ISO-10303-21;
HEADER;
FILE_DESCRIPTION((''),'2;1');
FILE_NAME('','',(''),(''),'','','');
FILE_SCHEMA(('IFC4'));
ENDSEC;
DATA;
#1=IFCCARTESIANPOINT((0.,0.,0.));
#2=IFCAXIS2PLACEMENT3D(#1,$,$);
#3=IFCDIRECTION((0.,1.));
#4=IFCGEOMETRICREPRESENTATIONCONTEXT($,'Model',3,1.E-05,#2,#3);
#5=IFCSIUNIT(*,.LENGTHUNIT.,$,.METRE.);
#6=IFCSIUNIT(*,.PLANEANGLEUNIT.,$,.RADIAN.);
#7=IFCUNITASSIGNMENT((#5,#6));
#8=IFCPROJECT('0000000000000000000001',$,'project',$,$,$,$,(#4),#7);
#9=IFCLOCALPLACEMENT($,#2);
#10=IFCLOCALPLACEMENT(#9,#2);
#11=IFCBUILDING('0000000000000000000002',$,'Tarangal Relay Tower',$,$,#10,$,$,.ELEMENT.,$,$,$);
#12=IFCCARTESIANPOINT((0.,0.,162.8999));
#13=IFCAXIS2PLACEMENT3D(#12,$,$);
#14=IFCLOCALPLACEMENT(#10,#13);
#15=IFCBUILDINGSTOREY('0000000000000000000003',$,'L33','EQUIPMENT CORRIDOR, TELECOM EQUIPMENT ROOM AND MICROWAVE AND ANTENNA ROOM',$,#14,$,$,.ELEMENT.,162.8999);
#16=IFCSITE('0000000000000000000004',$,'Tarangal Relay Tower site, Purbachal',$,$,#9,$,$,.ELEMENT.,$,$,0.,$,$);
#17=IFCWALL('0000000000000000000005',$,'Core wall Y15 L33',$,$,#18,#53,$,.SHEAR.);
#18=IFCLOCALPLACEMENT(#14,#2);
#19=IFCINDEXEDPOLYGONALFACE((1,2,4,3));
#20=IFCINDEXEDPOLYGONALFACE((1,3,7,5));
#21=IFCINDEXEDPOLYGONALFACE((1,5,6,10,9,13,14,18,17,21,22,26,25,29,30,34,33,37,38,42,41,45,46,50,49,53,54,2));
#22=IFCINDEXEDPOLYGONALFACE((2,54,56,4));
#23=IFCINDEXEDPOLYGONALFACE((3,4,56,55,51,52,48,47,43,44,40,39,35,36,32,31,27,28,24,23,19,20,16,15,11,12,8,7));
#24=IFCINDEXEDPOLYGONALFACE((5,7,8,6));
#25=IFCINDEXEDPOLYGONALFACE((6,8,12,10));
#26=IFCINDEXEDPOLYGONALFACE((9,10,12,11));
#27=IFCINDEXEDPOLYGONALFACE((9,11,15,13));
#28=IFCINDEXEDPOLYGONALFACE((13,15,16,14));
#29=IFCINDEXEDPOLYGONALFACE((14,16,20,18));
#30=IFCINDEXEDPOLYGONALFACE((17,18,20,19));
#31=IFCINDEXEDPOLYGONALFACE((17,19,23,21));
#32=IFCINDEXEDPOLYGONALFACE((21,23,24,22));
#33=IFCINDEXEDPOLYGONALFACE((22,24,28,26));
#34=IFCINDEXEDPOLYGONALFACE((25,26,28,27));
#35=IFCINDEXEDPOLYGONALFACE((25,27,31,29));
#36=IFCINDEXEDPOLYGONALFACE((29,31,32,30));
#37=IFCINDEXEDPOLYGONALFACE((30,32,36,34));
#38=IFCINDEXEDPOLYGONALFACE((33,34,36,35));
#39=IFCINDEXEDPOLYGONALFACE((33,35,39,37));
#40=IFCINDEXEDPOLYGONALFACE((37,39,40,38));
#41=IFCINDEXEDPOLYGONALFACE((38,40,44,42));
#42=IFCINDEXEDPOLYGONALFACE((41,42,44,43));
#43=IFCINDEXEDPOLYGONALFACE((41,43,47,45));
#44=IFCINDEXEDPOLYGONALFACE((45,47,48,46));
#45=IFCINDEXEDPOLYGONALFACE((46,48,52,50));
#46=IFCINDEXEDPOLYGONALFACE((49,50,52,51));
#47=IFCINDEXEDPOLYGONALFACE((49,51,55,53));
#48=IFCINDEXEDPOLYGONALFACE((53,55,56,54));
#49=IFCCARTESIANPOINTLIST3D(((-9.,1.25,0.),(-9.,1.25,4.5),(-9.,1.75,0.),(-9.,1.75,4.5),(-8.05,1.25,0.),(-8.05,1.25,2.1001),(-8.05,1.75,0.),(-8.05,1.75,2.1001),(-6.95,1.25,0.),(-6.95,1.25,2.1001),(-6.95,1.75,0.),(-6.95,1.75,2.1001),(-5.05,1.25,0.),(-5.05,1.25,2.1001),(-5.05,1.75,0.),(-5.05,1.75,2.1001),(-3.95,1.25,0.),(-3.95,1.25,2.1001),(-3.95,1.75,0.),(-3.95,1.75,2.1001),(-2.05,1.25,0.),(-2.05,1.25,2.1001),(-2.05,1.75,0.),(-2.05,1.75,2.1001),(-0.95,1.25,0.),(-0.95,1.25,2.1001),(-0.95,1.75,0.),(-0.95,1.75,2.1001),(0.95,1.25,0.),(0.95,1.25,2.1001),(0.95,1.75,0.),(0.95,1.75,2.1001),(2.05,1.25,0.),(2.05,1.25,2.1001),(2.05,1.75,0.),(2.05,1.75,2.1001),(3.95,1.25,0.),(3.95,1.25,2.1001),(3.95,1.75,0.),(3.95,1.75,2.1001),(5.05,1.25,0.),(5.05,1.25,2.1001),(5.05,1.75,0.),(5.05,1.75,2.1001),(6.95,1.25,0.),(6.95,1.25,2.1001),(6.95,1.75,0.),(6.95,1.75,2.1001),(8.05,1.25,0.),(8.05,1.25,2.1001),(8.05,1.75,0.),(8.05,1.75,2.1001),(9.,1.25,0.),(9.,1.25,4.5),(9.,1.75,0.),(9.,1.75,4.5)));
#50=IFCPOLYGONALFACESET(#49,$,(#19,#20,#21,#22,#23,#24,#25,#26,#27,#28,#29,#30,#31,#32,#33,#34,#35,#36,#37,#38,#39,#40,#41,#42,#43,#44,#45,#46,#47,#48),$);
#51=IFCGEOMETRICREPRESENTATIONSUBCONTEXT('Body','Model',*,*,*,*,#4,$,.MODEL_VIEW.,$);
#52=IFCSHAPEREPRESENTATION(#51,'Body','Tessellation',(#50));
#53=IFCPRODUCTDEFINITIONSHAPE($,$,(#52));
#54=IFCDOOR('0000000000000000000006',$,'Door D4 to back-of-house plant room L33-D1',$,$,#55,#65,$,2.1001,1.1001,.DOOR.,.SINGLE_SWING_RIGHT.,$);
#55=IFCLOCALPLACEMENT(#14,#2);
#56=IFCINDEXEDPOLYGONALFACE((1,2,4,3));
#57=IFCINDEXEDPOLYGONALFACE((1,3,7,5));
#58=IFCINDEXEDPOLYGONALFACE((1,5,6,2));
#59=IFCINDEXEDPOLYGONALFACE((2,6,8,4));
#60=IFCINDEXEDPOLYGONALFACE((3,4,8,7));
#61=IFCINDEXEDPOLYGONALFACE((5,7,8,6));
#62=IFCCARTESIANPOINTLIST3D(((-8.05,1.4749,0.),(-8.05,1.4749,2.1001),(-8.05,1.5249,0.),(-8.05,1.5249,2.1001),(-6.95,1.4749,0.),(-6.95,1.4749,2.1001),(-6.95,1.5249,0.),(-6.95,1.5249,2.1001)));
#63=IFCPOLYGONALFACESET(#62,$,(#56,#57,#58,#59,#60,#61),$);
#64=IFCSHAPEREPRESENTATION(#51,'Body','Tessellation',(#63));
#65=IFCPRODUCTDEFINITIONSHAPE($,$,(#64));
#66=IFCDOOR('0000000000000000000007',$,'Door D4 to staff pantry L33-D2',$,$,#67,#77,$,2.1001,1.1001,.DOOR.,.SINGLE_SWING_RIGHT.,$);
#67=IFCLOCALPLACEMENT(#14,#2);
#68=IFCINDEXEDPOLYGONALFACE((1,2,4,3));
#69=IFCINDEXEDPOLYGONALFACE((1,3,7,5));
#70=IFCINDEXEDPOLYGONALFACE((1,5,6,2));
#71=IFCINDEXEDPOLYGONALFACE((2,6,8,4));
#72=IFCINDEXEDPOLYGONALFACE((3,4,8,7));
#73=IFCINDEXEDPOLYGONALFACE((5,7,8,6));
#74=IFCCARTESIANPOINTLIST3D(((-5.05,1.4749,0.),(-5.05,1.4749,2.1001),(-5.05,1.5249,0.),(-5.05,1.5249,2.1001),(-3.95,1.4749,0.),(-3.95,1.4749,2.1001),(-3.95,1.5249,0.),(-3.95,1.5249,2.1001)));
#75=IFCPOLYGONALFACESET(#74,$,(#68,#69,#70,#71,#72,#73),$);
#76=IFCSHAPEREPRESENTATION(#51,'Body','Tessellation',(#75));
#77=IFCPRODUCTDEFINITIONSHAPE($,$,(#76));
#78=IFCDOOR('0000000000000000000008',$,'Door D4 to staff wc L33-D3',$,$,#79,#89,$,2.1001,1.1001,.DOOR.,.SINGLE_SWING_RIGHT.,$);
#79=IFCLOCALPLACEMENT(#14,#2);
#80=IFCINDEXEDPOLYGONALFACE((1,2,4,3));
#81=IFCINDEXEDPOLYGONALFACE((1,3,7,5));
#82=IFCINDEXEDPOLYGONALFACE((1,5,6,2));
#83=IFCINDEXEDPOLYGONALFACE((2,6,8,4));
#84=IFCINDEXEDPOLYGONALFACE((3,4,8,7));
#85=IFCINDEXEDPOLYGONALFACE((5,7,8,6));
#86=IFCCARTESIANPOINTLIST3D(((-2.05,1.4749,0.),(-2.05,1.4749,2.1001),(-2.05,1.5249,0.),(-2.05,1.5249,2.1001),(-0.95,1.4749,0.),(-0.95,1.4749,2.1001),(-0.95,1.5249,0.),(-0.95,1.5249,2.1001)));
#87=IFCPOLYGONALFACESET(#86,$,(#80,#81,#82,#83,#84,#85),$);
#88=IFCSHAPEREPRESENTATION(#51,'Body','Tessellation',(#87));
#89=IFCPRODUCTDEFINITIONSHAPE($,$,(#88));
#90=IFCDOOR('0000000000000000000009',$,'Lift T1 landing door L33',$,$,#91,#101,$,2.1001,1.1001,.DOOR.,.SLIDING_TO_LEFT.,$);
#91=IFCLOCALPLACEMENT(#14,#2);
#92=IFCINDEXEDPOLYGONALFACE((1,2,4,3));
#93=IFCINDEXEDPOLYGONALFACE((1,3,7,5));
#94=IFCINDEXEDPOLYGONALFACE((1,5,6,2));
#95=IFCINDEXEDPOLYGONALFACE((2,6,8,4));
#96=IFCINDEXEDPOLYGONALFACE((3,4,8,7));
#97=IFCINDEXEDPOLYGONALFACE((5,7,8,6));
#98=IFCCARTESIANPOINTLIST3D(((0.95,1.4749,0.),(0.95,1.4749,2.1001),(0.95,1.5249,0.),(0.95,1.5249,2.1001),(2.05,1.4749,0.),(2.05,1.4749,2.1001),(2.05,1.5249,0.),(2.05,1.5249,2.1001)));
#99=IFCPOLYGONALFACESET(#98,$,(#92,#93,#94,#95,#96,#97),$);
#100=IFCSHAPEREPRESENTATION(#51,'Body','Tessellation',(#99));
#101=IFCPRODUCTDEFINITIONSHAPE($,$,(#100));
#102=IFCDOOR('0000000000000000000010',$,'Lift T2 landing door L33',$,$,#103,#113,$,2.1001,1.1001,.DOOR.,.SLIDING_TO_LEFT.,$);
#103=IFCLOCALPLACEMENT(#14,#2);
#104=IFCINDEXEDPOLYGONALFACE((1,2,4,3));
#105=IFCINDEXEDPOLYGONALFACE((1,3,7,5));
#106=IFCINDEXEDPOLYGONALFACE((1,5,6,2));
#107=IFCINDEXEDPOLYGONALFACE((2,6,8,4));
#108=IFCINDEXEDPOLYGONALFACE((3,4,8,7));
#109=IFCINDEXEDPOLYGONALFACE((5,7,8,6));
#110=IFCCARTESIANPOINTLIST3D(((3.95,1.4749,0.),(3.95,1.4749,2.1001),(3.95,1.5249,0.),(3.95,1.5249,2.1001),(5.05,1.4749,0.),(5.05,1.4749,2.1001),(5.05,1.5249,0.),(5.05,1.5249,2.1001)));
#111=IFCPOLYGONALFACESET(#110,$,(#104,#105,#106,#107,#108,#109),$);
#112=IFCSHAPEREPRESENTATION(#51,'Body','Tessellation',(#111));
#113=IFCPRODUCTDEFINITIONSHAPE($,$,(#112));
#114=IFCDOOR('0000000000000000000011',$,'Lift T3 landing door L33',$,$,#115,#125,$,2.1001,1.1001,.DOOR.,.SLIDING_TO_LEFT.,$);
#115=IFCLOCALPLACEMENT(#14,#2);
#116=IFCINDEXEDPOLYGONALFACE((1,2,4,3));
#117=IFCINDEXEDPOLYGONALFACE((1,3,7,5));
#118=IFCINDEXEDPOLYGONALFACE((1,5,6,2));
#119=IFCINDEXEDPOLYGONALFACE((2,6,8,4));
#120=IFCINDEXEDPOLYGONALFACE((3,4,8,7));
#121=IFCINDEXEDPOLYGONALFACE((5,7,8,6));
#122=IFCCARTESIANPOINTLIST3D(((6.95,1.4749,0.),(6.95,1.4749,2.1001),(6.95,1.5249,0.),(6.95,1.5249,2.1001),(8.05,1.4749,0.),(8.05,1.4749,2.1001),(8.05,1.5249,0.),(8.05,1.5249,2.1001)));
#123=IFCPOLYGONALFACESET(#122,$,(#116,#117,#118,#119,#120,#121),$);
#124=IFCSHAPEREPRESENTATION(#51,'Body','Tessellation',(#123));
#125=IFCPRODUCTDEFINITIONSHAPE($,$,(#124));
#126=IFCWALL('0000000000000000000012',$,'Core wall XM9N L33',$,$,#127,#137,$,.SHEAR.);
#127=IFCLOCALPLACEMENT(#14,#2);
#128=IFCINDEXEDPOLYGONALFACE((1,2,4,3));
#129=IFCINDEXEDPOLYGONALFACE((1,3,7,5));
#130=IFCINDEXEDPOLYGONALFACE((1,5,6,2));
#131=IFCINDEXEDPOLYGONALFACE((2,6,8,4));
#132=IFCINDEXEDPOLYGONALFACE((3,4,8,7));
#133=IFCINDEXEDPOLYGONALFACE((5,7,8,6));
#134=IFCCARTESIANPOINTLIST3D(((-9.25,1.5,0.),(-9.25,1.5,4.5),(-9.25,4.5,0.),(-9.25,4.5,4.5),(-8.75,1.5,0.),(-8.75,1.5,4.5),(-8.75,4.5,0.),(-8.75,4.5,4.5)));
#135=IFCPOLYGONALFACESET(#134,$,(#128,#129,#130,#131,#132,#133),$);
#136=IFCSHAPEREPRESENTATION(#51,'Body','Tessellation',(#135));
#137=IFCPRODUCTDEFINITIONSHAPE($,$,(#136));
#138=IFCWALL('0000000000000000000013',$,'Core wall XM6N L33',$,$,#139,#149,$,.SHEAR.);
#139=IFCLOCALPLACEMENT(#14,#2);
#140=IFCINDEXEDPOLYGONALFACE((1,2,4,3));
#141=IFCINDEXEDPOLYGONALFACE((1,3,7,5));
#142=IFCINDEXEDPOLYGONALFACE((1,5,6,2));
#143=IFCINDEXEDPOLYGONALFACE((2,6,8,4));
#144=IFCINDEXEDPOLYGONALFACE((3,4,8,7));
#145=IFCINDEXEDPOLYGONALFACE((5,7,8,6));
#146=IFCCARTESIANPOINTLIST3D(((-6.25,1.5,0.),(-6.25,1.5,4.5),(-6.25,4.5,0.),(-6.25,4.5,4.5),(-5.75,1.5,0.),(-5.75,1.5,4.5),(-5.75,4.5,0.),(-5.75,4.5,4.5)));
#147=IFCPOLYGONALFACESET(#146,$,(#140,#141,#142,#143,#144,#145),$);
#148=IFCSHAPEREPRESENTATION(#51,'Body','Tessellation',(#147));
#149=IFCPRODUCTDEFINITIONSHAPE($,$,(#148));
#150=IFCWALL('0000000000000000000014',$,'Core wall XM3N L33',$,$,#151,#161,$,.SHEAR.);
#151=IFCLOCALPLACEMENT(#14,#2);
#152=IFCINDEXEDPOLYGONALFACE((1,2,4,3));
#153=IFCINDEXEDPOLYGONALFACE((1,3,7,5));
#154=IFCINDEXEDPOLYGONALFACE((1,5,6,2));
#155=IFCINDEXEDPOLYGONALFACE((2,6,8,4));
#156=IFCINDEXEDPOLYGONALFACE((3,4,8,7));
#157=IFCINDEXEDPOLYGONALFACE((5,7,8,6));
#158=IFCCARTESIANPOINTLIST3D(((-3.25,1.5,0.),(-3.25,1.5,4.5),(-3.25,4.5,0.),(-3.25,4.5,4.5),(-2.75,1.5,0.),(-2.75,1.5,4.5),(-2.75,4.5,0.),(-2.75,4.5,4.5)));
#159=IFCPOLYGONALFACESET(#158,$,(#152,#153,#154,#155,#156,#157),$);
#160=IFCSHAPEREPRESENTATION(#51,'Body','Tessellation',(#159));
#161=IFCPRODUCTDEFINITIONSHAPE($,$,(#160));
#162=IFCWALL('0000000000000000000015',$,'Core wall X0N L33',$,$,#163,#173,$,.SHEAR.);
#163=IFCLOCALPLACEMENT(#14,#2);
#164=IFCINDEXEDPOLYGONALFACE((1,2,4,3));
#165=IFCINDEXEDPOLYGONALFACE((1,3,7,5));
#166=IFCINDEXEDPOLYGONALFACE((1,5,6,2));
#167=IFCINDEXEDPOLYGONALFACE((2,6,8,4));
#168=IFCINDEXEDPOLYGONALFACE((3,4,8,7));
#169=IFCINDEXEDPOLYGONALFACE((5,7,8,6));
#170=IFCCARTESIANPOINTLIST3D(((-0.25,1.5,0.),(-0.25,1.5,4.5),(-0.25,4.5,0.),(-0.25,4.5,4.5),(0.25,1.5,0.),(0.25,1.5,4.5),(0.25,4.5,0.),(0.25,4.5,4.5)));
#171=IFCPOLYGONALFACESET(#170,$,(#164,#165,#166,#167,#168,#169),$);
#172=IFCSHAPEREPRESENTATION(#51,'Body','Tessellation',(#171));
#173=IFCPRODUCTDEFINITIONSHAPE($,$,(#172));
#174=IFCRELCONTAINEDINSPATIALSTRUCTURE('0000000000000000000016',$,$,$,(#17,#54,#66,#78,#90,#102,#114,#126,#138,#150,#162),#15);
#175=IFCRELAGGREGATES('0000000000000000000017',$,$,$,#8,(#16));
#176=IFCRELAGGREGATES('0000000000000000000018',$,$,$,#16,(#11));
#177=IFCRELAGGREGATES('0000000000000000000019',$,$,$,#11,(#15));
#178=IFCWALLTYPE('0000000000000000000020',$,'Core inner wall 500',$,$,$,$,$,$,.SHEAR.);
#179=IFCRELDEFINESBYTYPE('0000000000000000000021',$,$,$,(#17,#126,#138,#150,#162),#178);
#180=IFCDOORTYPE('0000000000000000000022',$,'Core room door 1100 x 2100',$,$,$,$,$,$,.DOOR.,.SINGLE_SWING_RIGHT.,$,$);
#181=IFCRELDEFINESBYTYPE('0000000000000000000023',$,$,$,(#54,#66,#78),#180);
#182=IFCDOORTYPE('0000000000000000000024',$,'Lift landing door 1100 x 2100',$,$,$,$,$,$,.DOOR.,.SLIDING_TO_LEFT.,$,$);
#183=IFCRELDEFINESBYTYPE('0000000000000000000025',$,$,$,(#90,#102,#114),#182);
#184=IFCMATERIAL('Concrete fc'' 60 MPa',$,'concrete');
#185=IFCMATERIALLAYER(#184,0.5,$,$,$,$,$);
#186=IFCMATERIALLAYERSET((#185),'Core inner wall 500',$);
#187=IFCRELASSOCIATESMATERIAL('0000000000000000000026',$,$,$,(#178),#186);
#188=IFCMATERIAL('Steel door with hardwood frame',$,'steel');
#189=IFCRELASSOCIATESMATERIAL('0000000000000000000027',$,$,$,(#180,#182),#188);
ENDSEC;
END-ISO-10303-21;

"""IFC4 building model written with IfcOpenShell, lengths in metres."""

from ifc_helpers import new_model, si_unit, direction, frame, frame_2d, origin, place, context, subcontext, project, spatial, rectangle, extrude, material, layer, layer_set, type_object, element, fill, save


model = new_model("IFC4")

# Units and contexts
model_context = context("Model", 3, precision=1e-05, world=origin(), true_north=direction((0.0, 1.0)))
body_context = subcontext(model_context, "Body", "Model", "MODEL_VIEW")
ifc_project = project(units=[si_unit("LENGTHUNIT", "METRE"), si_unit("PLANEANGLEUNIT", "RADIAN")], contexts=[model_context])

# Site, building, storey
site_placement = place(None, origin())
site = spatial("IfcSite", under=ifc_project, at=site_placement, Name="Tarangal Relay Tower site, Purbachal", CompositionType="ELEMENT", RefElevation=0.0)
building_placement = place(site_placement, origin())
building = spatial("IfcBuilding", under=site, at=building_placement, Name="Tarangal Relay Tower", CompositionType="ELEMENT")
storey_placement = place(building_placement, frame((0.0, 0.0, 162.8999)))
storey = spatial("IfcBuildingStorey", under=building, at=storey_placement, Name="L33", Description="EQUIPMENT CORRIDOR, TELECOM EQUIPMENT ROOM AND MICROWAVE AND ANTENNA ROOM", CompositionType="ELEMENT", Elevation=162.8999)

# Wall, openings, doors
ifc_material_1 = material(Name="Concrete fc' 60 MPa", Category="concrete")
ifc_layer_1 = layer(ifc_material_1, 0.5)
ifc_layer_set_1 = layer_set([ifc_layer_1], Name="Core inner wall 500")
wall_type = type_object("IfcWallType", Name="Core inner wall 500", PredefinedType="SHEAR", material=ifc_layer_set_1)
wall_1_placement = place(storey_placement, frame((-9.0, 1.5, 0.0), z_axis=(0.0, 0.0, 1.0), x_axis=(1.0, 0.0, 0.0)))
wall_1 = element("IfcWall", 1, at=wall_1_placement, inside=storey, type_object=wall_type, Name="Core wall Y15 L33", PredefinedType="SHEAR", context=body_context, shape_type="SweptSolid", body=[
    extrude(rectangle(XDim=18.0, YDim=0.5, at=frame_2d((9.0, 0.0))), origin(), (0.0, 0.0, 1.0), 4.5),
])
opening_1_placement = place(wall_1_placement, frame((9.95, 0.0, 0.0)))
opening_1 = element("IfcOpeningElement", 2, at=opening_1_placement, cuts=wall_1, PredefinedType="OPENING", context=body_context, shape_type="SweptSolid", body=[
    extrude(rectangle(XDim=1.1001, YDim=2.1001, at=frame_2d((0.55, 1.05))), frame((0.0, 0.26, 0.0), z_axis=(0.0, -1.0, 0.0), x_axis=(1.0, 0.0, 0.0)), (0.0, 0.0, 1.0), 0.52),
])
opening_2_placement = place(wall_1_placement, frame((12.95, 0.0, 0.0)))
opening_2 = element("IfcOpeningElement", 3, at=opening_2_placement, cuts=wall_1, PredefinedType="OPENING", context=body_context, shape_type="SweptSolid", body=[
    extrude(rectangle(XDim=1.1001, YDim=2.1001, at=frame_2d((0.55, 1.05))), frame((0.0, 0.26, 0.0), z_axis=(0.0, -1.0, 0.0), x_axis=(1.0, 0.0, 0.0)), (0.0, 0.0, 1.0), 0.52),
])
opening_3_placement = place(wall_1_placement, frame((15.95, 0.0, 0.0)))
opening_3 = element("IfcOpeningElement", 4, at=opening_3_placement, cuts=wall_1, PredefinedType="OPENING", context=body_context, shape_type="SweptSolid", body=[
    extrude(rectangle(XDim=1.1001, YDim=2.1001, at=frame_2d((0.55, 1.05))), frame((0.0, 0.26, 0.0), z_axis=(0.0, -1.0, 0.0), x_axis=(1.0, 0.0, 0.0)), (0.0, 0.0, 1.0), 0.52),
])
opening_4_placement = place(wall_1_placement, frame((0.95, 0.0, 0.0)))
opening_4 = element("IfcOpeningElement", 5, at=opening_4_placement, cuts=wall_1, PredefinedType="OPENING", context=body_context, shape_type="SweptSolid", body=[
    extrude(rectangle(XDim=1.1001, YDim=2.1001, at=frame_2d((0.55, 1.05))), frame((0.0, 0.26, 0.0), z_axis=(0.0, -1.0, 0.0), x_axis=(1.0, 0.0, 0.0)), (0.0, 0.0, 1.0), 0.52),
])
opening_5_placement = place(wall_1_placement, frame((3.95, 0.0, 0.0)))
opening_5 = element("IfcOpeningElement", 6, at=opening_5_placement, cuts=wall_1, PredefinedType="OPENING", context=body_context, shape_type="SweptSolid", body=[
    extrude(rectangle(XDim=1.1001, YDim=2.1001, at=frame_2d((0.55, 1.05))), frame((0.0, 0.26, 0.0), z_axis=(0.0, -1.0, 0.0), x_axis=(1.0, 0.0, 0.0)), (0.0, 0.0, 1.0), 0.52),
])
opening_6_placement = place(wall_1_placement, frame((6.95, 0.0, 0.0)))
opening_6 = element("IfcOpeningElement", 7, at=opening_6_placement, cuts=wall_1, PredefinedType="OPENING", context=body_context, shape_type="SweptSolid", body=[
    extrude(rectangle(XDim=1.1001, YDim=2.1001, at=frame_2d((0.55, 1.05))), frame((0.0, 0.26, 0.0), z_axis=(0.0, -1.0, 0.0), x_axis=(1.0, 0.0, 0.0)), (0.0, 0.0, 1.0), 0.52),
])
ifc_material_2 = material(Name="Steel door with hardwood frame", Category="steel")
door_type_1 = type_object("IfcDoorType", Name="Core room door 1100 x 2100", OperationType="SINGLE_SWING_RIGHT", PredefinedType="DOOR", material=ifc_material_2)
door_1_placement = place(opening_4_placement, origin())
door_1 = element("IfcDoor", 8, at=door_1_placement, inside=storey, type_object=door_type_1, Name="Door D4 to back-of-house plant room L33-D1", OperationType="SINGLE_SWING_RIGHT", OverallHeight=2.1001, OverallWidth=1.1001, PredefinedType="DOOR", context=body_context, shape_type="SweptSolid", body=[
    extrude(rectangle(XDim=1.1001, YDim=2.1001, at=frame_2d((0.55, 1.05))), frame((0.0, 0.0249, 0.0), z_axis=(0.0, -1.0, 0.0), x_axis=(1.0, 0.0, 0.0)), (0.0, 0.0, 1.0), 0.05),
])
fill(opening_4, door_1)
door_2_placement = place(opening_5_placement, origin())
door_2 = element("IfcDoor", 9, at=door_2_placement, inside=storey, type_object=door_type_1, Name="Door D4 to staff pantry L33-D2", OperationType="SINGLE_SWING_RIGHT", OverallHeight=2.1001, OverallWidth=1.1001, PredefinedType="DOOR", context=body_context, shape_type="SweptSolid", body=[
    extrude(rectangle(XDim=1.1001, YDim=2.1001, at=frame_2d((0.55, 1.05))), frame((0.0, 0.0249, 0.0), z_axis=(0.0, -1.0, 0.0), x_axis=(1.0, 0.0, 0.0)), (0.0, 0.0, 1.0), 0.05),
])
fill(opening_5, door_2)
door_3_placement = place(opening_6_placement, origin())
door_3 = element("IfcDoor", 10, at=door_3_placement, inside=storey, type_object=door_type_1, Name="Door D4 to staff wc L33-D3", OperationType="SINGLE_SWING_RIGHT", OverallHeight=2.1001, OverallWidth=1.1001, PredefinedType="DOOR", context=body_context, shape_type="SweptSolid", body=[
    extrude(rectangle(XDim=1.1001, YDim=2.1001, at=frame_2d((0.55, 1.05))), frame((0.0, 0.0249, 0.0), z_axis=(0.0, -1.0, 0.0), x_axis=(1.0, 0.0, 0.0)), (0.0, 0.0, 1.0), 0.05),
])
fill(opening_6, door_3)
door_type_2 = type_object("IfcDoorType", Name="Lift landing door 1100 x 2100", OperationType="SLIDING_TO_LEFT", PredefinedType="DOOR", material=ifc_material_2)
door_4_placement = place(opening_1_placement, origin())
door_4 = element("IfcDoor", 11, at=door_4_placement, inside=storey, type_object=door_type_2, Name="Lift T1 landing door L33", OperationType="SLIDING_TO_LEFT", OverallHeight=2.1001, OverallWidth=1.1001, PredefinedType="DOOR", context=body_context, shape_type="SweptSolid", body=[
    extrude(rectangle(XDim=1.1001, YDim=2.1001, at=frame_2d((0.55, 1.05))), frame((0.0, 0.0249, 0.0), z_axis=(0.0, -1.0, 0.0), x_axis=(1.0, 0.0, 0.0)), (0.0, 0.0, 1.0), 0.05),
])
fill(opening_1, door_4)
door_5_placement = place(opening_2_placement, origin())
door_5 = element("IfcDoor", 12, at=door_5_placement, inside=storey, type_object=door_type_2, Name="Lift T2 landing door L33", OperationType="SLIDING_TO_LEFT", OverallHeight=2.1001, OverallWidth=1.1001, PredefinedType="DOOR", context=body_context, shape_type="SweptSolid", body=[
    extrude(rectangle(XDim=1.1001, YDim=2.1001, at=frame_2d((0.55, 1.05))), frame((0.0, 0.0249, 0.0), z_axis=(0.0, -1.0, 0.0), x_axis=(1.0, 0.0, 0.0)), (0.0, 0.0, 1.0), 0.05),
])
fill(opening_2, door_5)
door_6_placement = place(opening_3_placement, origin())
door_6 = element("IfcDoor", 13, at=door_6_placement, inside=storey, type_object=door_type_2, Name="Lift T3 landing door L33", OperationType="SLIDING_TO_LEFT", OverallHeight=2.1001, OverallWidth=1.1001, PredefinedType="DOOR", context=body_context, shape_type="SweptSolid", body=[
    extrude(rectangle(XDim=1.1001, YDim=2.1001, at=frame_2d((0.55, 1.05))), frame((0.0, 0.0249, 0.0), z_axis=(0.0, -1.0, 0.0), x_axis=(1.0, 0.0, 0.0)), (0.0, 0.0, 1.0), 0.05),
])
fill(opening_3, door_6)

# Walls
for number, where, z_axis, x_axis, name in (
    (14, (-9.0, 1.5, 0.0), (0.0, 0.0, 1.0), (0.0, 1.0, 0.0), "Core wall XM9N L33"),
    (15, (-6.0, 1.5, 0.0), (0.0, 0.0, 1.0), (0.0, 1.0, 0.0), "Core wall XM6N L33"),
    (16, (-3.0, 1.5, 0.0), (0.0, 0.0, 1.0), (0.0, 1.0, 0.0), "Core wall XM3N L33"),
    (17, (0.0, 1.5, 0.0), (0.0, 0.0, 1.0), (0.0, 1.0, 0.0), "Core wall X0N L33"),
):
    element("IfcWall", number, at=place(storey_placement, frame(where, z_axis=z_axis, x_axis=x_axis)), inside=storey, type_object=wall_type, Name=name, PredefinedType="SHEAR", context=body_context, shape_type="SweptSolid", body=[
        extrude(rectangle(XDim=3.0, YDim=0.5, at=frame_2d((1.5, 0.0))), origin(), (0.0, 0.0, 1.0), 4.5),
    ])

save(model, "model.ifc")
